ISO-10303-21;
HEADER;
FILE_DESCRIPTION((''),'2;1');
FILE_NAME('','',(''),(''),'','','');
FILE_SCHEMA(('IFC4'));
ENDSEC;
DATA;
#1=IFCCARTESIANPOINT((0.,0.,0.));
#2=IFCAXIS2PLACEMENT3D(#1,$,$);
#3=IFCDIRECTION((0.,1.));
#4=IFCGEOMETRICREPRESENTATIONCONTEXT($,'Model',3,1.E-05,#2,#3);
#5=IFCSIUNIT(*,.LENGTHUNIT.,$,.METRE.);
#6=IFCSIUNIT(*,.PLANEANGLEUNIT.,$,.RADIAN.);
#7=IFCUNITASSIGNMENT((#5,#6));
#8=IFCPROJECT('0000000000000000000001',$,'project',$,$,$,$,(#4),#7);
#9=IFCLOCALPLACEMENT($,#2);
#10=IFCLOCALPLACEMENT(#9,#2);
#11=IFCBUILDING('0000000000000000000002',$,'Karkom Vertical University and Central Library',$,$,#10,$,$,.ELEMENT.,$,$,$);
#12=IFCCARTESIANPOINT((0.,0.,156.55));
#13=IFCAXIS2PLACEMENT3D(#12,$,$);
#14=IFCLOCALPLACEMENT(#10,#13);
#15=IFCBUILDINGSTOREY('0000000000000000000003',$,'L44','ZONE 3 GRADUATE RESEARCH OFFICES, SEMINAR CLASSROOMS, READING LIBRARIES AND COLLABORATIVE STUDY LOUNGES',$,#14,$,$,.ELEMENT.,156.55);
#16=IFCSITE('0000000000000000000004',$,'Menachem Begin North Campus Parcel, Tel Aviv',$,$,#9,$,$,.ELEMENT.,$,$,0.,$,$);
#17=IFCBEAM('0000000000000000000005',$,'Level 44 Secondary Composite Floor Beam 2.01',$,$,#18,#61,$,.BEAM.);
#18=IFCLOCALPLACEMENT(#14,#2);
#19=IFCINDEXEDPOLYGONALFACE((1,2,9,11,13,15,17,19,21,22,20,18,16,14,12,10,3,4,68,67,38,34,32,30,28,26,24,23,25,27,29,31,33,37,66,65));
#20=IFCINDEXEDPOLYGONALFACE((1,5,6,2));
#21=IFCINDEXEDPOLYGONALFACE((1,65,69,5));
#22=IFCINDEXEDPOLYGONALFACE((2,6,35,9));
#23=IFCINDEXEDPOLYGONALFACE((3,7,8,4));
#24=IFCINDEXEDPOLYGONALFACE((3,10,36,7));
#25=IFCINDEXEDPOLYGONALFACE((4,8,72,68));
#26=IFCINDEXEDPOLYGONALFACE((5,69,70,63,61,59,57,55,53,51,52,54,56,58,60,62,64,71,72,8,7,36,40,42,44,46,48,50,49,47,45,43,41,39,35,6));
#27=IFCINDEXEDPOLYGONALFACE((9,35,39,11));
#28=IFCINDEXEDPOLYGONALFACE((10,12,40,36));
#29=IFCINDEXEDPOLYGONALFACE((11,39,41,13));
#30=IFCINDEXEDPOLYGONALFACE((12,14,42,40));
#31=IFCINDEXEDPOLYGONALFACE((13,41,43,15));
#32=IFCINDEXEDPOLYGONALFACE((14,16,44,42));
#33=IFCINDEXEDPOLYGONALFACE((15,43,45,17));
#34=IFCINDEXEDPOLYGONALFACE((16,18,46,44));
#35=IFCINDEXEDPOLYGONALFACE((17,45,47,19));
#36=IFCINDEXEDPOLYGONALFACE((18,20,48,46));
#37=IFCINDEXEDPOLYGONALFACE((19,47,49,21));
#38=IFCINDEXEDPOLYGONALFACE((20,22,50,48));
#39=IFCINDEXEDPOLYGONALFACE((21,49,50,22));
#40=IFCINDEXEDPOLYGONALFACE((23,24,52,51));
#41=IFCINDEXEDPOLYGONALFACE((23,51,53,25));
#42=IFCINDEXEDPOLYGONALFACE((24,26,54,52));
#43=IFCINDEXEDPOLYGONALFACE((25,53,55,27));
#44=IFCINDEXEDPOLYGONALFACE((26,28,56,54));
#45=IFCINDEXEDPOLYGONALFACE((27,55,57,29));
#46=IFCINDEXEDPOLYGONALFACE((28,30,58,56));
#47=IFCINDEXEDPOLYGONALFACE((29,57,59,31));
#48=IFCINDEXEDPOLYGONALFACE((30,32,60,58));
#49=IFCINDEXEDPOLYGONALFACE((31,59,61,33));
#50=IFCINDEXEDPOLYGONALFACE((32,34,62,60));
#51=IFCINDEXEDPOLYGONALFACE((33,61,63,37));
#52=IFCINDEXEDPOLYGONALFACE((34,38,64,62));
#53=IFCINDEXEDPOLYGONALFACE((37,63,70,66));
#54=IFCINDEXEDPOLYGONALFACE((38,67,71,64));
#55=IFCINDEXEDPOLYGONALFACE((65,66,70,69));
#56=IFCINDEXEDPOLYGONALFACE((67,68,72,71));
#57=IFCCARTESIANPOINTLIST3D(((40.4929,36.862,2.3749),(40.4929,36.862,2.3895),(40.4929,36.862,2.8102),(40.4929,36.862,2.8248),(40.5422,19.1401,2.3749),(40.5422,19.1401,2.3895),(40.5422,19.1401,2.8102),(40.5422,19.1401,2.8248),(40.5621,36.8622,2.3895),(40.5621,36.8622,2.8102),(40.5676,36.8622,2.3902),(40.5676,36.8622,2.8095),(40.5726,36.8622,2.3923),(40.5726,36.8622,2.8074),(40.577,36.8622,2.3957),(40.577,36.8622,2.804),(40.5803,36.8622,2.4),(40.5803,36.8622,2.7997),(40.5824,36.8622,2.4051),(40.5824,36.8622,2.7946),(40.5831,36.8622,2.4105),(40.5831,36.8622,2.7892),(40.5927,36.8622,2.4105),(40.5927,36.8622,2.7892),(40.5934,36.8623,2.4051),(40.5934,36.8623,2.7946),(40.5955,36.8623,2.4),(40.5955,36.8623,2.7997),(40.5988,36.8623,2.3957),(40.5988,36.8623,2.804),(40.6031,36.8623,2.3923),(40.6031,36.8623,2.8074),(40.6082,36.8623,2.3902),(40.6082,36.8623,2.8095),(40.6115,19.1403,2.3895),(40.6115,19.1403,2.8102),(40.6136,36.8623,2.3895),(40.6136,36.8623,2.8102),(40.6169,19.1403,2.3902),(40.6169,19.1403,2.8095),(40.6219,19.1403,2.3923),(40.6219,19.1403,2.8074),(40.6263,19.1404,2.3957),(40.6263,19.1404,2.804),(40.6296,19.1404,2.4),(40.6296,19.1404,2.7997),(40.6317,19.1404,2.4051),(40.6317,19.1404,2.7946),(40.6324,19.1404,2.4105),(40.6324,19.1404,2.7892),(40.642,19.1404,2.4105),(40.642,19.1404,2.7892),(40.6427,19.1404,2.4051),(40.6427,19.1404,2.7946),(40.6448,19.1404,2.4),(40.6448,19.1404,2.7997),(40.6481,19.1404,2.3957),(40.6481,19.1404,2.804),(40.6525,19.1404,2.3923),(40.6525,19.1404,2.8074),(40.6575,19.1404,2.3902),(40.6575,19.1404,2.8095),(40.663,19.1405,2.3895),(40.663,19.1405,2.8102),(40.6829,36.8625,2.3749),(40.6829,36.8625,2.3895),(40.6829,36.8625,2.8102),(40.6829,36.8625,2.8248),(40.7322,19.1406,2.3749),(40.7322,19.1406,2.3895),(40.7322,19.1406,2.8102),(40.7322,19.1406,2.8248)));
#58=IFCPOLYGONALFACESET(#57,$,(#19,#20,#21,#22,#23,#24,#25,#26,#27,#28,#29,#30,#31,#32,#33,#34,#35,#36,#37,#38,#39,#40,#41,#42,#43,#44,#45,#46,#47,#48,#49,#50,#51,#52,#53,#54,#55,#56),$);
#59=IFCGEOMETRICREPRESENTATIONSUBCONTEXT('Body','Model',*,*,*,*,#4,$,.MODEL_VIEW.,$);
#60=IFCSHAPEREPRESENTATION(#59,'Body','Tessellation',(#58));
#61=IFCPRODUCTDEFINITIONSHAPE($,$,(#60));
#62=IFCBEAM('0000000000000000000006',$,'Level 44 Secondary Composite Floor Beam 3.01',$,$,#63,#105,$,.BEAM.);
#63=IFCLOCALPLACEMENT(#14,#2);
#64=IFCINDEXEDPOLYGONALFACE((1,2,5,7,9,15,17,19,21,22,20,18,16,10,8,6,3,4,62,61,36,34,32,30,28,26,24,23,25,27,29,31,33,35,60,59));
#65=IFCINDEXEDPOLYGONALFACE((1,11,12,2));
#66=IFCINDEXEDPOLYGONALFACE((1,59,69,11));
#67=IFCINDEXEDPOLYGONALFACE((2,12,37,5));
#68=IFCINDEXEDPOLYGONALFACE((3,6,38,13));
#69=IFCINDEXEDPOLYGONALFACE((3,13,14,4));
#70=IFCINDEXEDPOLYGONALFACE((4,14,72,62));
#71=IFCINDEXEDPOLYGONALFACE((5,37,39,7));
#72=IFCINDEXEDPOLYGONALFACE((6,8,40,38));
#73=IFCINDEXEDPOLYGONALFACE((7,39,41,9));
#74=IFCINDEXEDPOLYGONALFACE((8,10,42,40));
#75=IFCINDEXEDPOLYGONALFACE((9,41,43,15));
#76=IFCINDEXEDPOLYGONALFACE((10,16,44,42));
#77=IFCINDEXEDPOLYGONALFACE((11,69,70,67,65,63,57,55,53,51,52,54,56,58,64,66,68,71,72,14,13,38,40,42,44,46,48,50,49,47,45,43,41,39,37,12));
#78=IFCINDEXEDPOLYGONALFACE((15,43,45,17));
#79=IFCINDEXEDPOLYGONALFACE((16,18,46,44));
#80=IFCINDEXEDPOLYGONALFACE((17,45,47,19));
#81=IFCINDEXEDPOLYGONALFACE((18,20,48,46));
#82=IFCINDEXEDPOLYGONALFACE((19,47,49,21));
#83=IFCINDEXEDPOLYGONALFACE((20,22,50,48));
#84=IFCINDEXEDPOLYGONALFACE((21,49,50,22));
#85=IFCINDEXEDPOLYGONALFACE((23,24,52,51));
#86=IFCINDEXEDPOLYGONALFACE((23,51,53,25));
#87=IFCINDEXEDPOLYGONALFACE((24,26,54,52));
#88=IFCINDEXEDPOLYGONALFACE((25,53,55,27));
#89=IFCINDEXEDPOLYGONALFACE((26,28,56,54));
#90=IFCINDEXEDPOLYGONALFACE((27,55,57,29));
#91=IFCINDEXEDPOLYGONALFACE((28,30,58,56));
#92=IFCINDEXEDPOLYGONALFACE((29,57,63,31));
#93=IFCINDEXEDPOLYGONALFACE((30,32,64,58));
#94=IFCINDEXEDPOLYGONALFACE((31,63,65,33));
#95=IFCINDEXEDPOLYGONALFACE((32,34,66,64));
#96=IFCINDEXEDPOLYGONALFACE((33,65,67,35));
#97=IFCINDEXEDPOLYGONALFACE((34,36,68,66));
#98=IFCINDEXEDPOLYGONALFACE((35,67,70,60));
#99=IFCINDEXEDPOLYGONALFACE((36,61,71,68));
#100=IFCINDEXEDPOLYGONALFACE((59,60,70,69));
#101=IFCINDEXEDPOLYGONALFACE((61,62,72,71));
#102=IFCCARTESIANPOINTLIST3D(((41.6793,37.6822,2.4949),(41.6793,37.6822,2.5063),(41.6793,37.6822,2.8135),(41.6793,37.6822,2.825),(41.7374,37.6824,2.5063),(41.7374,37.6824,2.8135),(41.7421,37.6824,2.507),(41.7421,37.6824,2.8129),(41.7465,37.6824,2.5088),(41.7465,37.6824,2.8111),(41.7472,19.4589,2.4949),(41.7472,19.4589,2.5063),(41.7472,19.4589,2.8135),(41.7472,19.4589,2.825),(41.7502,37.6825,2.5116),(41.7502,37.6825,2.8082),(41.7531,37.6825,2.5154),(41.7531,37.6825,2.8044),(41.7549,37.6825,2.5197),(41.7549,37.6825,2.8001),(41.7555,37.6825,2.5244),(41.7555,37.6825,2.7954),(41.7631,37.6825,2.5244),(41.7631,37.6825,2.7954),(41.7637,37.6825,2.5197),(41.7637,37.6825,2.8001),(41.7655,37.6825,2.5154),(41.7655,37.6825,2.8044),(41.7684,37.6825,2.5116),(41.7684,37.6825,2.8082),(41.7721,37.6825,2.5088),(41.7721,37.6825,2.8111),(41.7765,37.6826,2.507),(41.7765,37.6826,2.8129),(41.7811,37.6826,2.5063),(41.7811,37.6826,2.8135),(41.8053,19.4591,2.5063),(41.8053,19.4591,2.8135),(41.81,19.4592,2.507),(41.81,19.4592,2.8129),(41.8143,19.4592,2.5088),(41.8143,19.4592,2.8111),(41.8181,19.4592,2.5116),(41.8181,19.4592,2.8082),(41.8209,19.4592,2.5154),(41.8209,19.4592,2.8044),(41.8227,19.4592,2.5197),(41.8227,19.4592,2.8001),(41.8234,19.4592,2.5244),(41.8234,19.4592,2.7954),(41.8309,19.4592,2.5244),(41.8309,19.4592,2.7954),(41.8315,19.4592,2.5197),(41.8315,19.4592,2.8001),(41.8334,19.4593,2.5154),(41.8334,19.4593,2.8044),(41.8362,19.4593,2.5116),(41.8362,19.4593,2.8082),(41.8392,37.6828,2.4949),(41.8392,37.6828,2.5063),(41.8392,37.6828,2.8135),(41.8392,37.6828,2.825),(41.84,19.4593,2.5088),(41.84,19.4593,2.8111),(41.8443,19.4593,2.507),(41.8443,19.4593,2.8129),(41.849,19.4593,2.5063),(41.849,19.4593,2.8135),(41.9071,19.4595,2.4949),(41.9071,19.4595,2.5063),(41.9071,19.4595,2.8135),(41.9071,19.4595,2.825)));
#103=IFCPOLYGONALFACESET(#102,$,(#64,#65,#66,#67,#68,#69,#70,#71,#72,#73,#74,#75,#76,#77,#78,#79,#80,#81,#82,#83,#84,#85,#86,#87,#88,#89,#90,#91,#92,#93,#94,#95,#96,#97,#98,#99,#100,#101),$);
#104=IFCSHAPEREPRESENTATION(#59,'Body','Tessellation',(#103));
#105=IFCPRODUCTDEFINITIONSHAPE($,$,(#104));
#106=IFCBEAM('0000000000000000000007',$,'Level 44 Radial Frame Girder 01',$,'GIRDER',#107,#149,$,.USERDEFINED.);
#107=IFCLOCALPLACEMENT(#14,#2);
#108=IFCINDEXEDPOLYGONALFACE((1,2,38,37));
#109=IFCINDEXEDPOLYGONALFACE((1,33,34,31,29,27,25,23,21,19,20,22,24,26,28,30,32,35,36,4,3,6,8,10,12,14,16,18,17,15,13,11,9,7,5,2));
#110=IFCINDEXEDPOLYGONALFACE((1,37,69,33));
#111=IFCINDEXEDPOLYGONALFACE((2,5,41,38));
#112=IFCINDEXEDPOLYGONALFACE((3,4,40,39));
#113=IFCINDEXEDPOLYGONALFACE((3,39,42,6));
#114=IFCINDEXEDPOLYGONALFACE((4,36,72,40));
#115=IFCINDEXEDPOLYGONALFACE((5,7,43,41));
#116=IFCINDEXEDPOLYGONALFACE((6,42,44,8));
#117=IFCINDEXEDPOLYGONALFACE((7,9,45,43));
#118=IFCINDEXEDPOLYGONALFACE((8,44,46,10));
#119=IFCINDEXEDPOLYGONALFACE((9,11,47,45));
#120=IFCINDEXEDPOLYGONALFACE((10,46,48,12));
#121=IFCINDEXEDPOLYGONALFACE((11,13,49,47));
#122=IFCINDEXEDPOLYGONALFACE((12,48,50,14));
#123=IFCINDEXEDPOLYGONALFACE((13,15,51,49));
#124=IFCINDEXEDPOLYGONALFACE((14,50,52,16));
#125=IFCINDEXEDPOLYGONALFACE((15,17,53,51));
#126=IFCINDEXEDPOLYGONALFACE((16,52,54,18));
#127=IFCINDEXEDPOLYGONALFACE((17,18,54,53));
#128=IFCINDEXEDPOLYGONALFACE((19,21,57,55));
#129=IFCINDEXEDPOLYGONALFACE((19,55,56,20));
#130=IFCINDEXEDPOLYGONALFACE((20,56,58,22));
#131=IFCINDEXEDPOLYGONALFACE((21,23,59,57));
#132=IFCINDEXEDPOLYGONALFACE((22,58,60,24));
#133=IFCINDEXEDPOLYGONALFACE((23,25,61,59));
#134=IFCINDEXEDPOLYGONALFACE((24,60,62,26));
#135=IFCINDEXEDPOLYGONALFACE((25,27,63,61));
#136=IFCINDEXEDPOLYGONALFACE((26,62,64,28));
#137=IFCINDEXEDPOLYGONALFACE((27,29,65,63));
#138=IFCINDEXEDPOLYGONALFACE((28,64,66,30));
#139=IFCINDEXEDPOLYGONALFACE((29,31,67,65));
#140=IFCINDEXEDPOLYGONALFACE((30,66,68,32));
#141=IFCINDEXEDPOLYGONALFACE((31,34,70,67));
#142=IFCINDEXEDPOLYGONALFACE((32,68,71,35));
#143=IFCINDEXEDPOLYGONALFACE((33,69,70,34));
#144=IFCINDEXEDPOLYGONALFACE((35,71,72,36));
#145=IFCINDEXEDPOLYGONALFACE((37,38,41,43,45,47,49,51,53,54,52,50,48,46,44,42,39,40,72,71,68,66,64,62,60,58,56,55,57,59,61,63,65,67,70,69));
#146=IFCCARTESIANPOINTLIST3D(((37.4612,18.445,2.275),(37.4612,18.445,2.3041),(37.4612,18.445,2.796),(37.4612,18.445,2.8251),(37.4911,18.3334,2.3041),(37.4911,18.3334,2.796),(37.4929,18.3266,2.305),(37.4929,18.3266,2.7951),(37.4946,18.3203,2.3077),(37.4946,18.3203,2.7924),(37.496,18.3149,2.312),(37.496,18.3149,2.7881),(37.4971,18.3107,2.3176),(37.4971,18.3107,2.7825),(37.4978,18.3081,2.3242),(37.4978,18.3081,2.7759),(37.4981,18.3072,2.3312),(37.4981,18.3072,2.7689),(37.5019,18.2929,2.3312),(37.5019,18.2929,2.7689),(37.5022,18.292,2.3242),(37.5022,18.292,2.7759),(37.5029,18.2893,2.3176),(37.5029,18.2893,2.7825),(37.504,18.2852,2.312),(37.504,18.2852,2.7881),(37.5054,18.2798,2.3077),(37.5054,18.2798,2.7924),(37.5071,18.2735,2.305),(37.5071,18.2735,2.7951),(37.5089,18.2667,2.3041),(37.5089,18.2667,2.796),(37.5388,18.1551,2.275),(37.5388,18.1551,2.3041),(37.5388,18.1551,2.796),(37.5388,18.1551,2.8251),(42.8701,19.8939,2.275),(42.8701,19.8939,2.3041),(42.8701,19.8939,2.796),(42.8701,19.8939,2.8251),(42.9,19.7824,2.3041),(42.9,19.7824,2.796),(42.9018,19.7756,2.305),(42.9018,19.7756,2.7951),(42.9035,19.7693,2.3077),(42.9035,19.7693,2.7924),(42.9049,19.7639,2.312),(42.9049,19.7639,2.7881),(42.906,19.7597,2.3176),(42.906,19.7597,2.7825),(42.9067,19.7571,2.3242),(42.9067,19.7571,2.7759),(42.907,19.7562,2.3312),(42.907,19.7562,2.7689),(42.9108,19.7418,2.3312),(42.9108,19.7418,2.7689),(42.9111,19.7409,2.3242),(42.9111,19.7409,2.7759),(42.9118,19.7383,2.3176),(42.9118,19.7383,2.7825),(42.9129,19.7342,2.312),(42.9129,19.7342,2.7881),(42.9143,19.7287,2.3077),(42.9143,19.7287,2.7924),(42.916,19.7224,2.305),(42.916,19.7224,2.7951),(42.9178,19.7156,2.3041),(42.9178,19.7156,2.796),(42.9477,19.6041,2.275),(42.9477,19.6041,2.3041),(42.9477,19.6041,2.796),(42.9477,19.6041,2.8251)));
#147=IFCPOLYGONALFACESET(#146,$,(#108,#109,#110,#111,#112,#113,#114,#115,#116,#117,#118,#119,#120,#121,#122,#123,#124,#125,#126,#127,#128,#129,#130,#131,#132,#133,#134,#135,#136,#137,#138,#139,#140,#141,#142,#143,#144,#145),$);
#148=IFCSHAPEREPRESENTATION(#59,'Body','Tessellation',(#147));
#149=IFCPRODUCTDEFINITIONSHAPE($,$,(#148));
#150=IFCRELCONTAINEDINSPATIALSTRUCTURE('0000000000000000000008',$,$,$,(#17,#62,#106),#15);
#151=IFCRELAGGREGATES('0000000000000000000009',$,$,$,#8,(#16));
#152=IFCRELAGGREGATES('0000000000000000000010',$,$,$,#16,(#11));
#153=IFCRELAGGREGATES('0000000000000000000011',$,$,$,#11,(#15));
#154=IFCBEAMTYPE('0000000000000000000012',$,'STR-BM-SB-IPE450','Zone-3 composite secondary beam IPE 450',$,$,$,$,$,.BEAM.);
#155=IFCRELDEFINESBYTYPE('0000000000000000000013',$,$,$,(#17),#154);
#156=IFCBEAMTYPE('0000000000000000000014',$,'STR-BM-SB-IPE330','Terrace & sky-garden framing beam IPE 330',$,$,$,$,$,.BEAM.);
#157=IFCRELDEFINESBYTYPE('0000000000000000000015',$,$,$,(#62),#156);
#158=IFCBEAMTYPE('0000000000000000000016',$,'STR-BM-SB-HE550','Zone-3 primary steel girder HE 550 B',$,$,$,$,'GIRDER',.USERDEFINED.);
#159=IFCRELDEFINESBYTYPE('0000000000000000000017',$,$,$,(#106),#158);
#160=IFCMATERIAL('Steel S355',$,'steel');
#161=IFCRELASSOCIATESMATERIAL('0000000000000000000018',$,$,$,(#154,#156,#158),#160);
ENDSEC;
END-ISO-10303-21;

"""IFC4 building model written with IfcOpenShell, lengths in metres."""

from ifc_helpers import new_model, si_unit, direction, frame, origin, origin_with_axes, origin_2d, place, context, subcontext, project, spatial, i_section, extrude, source, transform, mapped, material, material_profile, profile_set, type_object, element, save


model = new_model("IFC4")

# Units and contexts
model_context = context("Model", 3, precision=1e-05, world=origin(), true_north=direction((0.0, 1.0)))
body_context = subcontext(model_context, "Body", "Model", "MODEL_VIEW")
ifc_project = project(units=[si_unit("LENGTHUNIT", "METRE"), si_unit("PLANEANGLEUNIT", "RADIAN")], contexts=[model_context])

# Site, building, storey
site_placement = place(None, origin())
site = spatial("IfcSite", under=ifc_project, at=site_placement, Name="Menachem Begin North Campus Parcel, Tel Aviv", CompositionType="ELEMENT", RefElevation=0.0)
building_placement = place(site_placement, origin())
building = spatial("IfcBuilding", under=site, at=building_placement, Name="Karkom Vertical University and Central Library", CompositionType="ELEMENT")
storey_placement = place(building_placement, frame((0.0, 0.0, 156.55)))
storey = spatial("IfcBuildingStorey", under=building, at=storey_placement, Name="L44", Description="ZONE 3 GRADUATE RESEARCH OFFICES, SEMINAR CLASSROOMS, READING LIBRARIES AND COLLABORATIVE STUDY LOUNGES", CompositionType="ELEMENT", Elevation=156.55)

# Beams
ifc_material_1 = material(Name="Steel S355", Category="steel")
ifc_material_profile_1 = material_profile(ifc_material_1, i_section(OverallWidth=0.1899, OverallDepth=0.45, WebThickness=0.0095, FlangeThickness=0.0146, FilletRadius=0.021, at=origin_2d()), Name="IPE 450")
ifc_profile_set_1 = profile_set([ifc_material_profile_1], Name="Steel S355")
beam_type_1 = type_object("IfcBeamType", Name="STR-BM-SB-IPE450", Description="Zone-3 composite secondary beam IPE 450", PredefinedType="BEAM", material=ifc_profile_set_1)
shared_shape_1 = source(origin_with_axes(), body_context, "Body", "SweptSolid", [
    extrude(i_section(OverallWidth=0.1899, OverallDepth=0.45, WebThickness=0.0095, FlangeThickness=0.0146, FilletRadius=0.021, at=origin_2d()), origin(), (0.0, 0.0, 1.0), 17.7219),
])
beam_1_placement = place(storey_placement, frame((40.6372, 19.1404, 2.5999), z_axis=(-0.002783, 0.999996, 0.0), x_axis=(-0.999996, -0.002783, 0.0)))
element("IfcBeam", 1, at=beam_1_placement, inside=storey, type_object=beam_type_1, Name="Level 44 Secondary Composite Floor Beam 2.01", PredefinedType="BEAM", context=body_context, shape_type="MappedRepresentation", body=[
    mapped(shared_shape_1, transform((0.0, 0.0, 0.0), scale=1.0)),
])
ifc_material_profile_2 = material_profile(ifc_material_1, i_section(OverallWidth=0.1599, OverallDepth=0.3301, WebThickness=0.0076, FlangeThickness=0.0115, FilletRadius=0.0181, at=origin_2d()), Name="IPE 330")
ifc_profile_set_2 = profile_set([ifc_material_profile_2], Name="Steel S355")
beam_type_2 = type_object("IfcBeamType", Name="STR-BM-SB-IPE330", Description="Terrace & sky-garden framing beam IPE 330", PredefinedType="BEAM", material=ifc_profile_set_2)
shared_shape_2 = source(origin_with_axes(), body_context, "Body", "SweptSolid", [
    extrude(i_section(OverallWidth=0.1599, OverallDepth=0.3301, WebThickness=0.0076, FlangeThickness=0.0115, FilletRadius=0.0181, at=origin_2d()), origin(), (0.0, 0.0, 1.0), 18.2234),
])
beam_2_placement = place(storey_placement, frame((41.8271, 19.4592, 2.6599), z_axis=(-0.003724, 0.999993, 0.0), x_axis=(-0.999993, -0.003724, 0.0)))
element("IfcBeam", 2, at=beam_2_placement, inside=storey, type_object=beam_type_2, Name="Level 44 Secondary Composite Floor Beam 3.01", PredefinedType="BEAM", context=body_context, shape_type="MappedRepresentation", body=[
    mapped(shared_shape_2, transform((0.0, 0.0, 0.0), scale=1.0)),
])
ifc_material_profile_3 = material_profile(ifc_material_1, i_section(OverallWidth=0.3, OverallDepth=0.55, WebThickness=0.0149, FlangeThickness=0.0291, FilletRadius=0.0271, at=origin_2d()), Name="HE 550 B")
ifc_profile_set_3 = profile_set([ifc_material_profile_3], Name="Steel S355")
beam_type_3 = type_object("IfcBeamType", Name="STR-BM-SB-HE550", Description="Zone-3 primary steel girder HE 550 B", ElementType="GIRDER", PredefinedType="USERDEFINED", material=ifc_profile_set_3)
shared_shape_3 = source(origin_with_axes(), body_context, "Body", "SweptSolid", [
    extrude(i_section(OverallWidth=0.3, OverallDepth=0.55, WebThickness=0.0149, FlangeThickness=0.0291, FilletRadius=0.0271, at=origin_2d()), origin(), (0.0, 0.0, 1.0), 5.5996),
])
beam_3_placement = place(storey_placement, frame((37.5, 18.3, 2.55), z_axis=(0.965941, 0.258762, 0.0), x_axis=(-0.258762, 0.965941, 0.0)))
element("IfcBeam", 3, at=beam_3_placement, inside=storey, type_object=beam_type_3, Name="Level 44 Radial Frame Girder 01", ObjectType="GIRDER", PredefinedType="USERDEFINED", context=body_context, shape_type="MappedRepresentation", body=[
    mapped(shared_shape_3, transform((0.0, 0.0, 0.0), scale=1.0)),
])

save(model, "model.ifc")
